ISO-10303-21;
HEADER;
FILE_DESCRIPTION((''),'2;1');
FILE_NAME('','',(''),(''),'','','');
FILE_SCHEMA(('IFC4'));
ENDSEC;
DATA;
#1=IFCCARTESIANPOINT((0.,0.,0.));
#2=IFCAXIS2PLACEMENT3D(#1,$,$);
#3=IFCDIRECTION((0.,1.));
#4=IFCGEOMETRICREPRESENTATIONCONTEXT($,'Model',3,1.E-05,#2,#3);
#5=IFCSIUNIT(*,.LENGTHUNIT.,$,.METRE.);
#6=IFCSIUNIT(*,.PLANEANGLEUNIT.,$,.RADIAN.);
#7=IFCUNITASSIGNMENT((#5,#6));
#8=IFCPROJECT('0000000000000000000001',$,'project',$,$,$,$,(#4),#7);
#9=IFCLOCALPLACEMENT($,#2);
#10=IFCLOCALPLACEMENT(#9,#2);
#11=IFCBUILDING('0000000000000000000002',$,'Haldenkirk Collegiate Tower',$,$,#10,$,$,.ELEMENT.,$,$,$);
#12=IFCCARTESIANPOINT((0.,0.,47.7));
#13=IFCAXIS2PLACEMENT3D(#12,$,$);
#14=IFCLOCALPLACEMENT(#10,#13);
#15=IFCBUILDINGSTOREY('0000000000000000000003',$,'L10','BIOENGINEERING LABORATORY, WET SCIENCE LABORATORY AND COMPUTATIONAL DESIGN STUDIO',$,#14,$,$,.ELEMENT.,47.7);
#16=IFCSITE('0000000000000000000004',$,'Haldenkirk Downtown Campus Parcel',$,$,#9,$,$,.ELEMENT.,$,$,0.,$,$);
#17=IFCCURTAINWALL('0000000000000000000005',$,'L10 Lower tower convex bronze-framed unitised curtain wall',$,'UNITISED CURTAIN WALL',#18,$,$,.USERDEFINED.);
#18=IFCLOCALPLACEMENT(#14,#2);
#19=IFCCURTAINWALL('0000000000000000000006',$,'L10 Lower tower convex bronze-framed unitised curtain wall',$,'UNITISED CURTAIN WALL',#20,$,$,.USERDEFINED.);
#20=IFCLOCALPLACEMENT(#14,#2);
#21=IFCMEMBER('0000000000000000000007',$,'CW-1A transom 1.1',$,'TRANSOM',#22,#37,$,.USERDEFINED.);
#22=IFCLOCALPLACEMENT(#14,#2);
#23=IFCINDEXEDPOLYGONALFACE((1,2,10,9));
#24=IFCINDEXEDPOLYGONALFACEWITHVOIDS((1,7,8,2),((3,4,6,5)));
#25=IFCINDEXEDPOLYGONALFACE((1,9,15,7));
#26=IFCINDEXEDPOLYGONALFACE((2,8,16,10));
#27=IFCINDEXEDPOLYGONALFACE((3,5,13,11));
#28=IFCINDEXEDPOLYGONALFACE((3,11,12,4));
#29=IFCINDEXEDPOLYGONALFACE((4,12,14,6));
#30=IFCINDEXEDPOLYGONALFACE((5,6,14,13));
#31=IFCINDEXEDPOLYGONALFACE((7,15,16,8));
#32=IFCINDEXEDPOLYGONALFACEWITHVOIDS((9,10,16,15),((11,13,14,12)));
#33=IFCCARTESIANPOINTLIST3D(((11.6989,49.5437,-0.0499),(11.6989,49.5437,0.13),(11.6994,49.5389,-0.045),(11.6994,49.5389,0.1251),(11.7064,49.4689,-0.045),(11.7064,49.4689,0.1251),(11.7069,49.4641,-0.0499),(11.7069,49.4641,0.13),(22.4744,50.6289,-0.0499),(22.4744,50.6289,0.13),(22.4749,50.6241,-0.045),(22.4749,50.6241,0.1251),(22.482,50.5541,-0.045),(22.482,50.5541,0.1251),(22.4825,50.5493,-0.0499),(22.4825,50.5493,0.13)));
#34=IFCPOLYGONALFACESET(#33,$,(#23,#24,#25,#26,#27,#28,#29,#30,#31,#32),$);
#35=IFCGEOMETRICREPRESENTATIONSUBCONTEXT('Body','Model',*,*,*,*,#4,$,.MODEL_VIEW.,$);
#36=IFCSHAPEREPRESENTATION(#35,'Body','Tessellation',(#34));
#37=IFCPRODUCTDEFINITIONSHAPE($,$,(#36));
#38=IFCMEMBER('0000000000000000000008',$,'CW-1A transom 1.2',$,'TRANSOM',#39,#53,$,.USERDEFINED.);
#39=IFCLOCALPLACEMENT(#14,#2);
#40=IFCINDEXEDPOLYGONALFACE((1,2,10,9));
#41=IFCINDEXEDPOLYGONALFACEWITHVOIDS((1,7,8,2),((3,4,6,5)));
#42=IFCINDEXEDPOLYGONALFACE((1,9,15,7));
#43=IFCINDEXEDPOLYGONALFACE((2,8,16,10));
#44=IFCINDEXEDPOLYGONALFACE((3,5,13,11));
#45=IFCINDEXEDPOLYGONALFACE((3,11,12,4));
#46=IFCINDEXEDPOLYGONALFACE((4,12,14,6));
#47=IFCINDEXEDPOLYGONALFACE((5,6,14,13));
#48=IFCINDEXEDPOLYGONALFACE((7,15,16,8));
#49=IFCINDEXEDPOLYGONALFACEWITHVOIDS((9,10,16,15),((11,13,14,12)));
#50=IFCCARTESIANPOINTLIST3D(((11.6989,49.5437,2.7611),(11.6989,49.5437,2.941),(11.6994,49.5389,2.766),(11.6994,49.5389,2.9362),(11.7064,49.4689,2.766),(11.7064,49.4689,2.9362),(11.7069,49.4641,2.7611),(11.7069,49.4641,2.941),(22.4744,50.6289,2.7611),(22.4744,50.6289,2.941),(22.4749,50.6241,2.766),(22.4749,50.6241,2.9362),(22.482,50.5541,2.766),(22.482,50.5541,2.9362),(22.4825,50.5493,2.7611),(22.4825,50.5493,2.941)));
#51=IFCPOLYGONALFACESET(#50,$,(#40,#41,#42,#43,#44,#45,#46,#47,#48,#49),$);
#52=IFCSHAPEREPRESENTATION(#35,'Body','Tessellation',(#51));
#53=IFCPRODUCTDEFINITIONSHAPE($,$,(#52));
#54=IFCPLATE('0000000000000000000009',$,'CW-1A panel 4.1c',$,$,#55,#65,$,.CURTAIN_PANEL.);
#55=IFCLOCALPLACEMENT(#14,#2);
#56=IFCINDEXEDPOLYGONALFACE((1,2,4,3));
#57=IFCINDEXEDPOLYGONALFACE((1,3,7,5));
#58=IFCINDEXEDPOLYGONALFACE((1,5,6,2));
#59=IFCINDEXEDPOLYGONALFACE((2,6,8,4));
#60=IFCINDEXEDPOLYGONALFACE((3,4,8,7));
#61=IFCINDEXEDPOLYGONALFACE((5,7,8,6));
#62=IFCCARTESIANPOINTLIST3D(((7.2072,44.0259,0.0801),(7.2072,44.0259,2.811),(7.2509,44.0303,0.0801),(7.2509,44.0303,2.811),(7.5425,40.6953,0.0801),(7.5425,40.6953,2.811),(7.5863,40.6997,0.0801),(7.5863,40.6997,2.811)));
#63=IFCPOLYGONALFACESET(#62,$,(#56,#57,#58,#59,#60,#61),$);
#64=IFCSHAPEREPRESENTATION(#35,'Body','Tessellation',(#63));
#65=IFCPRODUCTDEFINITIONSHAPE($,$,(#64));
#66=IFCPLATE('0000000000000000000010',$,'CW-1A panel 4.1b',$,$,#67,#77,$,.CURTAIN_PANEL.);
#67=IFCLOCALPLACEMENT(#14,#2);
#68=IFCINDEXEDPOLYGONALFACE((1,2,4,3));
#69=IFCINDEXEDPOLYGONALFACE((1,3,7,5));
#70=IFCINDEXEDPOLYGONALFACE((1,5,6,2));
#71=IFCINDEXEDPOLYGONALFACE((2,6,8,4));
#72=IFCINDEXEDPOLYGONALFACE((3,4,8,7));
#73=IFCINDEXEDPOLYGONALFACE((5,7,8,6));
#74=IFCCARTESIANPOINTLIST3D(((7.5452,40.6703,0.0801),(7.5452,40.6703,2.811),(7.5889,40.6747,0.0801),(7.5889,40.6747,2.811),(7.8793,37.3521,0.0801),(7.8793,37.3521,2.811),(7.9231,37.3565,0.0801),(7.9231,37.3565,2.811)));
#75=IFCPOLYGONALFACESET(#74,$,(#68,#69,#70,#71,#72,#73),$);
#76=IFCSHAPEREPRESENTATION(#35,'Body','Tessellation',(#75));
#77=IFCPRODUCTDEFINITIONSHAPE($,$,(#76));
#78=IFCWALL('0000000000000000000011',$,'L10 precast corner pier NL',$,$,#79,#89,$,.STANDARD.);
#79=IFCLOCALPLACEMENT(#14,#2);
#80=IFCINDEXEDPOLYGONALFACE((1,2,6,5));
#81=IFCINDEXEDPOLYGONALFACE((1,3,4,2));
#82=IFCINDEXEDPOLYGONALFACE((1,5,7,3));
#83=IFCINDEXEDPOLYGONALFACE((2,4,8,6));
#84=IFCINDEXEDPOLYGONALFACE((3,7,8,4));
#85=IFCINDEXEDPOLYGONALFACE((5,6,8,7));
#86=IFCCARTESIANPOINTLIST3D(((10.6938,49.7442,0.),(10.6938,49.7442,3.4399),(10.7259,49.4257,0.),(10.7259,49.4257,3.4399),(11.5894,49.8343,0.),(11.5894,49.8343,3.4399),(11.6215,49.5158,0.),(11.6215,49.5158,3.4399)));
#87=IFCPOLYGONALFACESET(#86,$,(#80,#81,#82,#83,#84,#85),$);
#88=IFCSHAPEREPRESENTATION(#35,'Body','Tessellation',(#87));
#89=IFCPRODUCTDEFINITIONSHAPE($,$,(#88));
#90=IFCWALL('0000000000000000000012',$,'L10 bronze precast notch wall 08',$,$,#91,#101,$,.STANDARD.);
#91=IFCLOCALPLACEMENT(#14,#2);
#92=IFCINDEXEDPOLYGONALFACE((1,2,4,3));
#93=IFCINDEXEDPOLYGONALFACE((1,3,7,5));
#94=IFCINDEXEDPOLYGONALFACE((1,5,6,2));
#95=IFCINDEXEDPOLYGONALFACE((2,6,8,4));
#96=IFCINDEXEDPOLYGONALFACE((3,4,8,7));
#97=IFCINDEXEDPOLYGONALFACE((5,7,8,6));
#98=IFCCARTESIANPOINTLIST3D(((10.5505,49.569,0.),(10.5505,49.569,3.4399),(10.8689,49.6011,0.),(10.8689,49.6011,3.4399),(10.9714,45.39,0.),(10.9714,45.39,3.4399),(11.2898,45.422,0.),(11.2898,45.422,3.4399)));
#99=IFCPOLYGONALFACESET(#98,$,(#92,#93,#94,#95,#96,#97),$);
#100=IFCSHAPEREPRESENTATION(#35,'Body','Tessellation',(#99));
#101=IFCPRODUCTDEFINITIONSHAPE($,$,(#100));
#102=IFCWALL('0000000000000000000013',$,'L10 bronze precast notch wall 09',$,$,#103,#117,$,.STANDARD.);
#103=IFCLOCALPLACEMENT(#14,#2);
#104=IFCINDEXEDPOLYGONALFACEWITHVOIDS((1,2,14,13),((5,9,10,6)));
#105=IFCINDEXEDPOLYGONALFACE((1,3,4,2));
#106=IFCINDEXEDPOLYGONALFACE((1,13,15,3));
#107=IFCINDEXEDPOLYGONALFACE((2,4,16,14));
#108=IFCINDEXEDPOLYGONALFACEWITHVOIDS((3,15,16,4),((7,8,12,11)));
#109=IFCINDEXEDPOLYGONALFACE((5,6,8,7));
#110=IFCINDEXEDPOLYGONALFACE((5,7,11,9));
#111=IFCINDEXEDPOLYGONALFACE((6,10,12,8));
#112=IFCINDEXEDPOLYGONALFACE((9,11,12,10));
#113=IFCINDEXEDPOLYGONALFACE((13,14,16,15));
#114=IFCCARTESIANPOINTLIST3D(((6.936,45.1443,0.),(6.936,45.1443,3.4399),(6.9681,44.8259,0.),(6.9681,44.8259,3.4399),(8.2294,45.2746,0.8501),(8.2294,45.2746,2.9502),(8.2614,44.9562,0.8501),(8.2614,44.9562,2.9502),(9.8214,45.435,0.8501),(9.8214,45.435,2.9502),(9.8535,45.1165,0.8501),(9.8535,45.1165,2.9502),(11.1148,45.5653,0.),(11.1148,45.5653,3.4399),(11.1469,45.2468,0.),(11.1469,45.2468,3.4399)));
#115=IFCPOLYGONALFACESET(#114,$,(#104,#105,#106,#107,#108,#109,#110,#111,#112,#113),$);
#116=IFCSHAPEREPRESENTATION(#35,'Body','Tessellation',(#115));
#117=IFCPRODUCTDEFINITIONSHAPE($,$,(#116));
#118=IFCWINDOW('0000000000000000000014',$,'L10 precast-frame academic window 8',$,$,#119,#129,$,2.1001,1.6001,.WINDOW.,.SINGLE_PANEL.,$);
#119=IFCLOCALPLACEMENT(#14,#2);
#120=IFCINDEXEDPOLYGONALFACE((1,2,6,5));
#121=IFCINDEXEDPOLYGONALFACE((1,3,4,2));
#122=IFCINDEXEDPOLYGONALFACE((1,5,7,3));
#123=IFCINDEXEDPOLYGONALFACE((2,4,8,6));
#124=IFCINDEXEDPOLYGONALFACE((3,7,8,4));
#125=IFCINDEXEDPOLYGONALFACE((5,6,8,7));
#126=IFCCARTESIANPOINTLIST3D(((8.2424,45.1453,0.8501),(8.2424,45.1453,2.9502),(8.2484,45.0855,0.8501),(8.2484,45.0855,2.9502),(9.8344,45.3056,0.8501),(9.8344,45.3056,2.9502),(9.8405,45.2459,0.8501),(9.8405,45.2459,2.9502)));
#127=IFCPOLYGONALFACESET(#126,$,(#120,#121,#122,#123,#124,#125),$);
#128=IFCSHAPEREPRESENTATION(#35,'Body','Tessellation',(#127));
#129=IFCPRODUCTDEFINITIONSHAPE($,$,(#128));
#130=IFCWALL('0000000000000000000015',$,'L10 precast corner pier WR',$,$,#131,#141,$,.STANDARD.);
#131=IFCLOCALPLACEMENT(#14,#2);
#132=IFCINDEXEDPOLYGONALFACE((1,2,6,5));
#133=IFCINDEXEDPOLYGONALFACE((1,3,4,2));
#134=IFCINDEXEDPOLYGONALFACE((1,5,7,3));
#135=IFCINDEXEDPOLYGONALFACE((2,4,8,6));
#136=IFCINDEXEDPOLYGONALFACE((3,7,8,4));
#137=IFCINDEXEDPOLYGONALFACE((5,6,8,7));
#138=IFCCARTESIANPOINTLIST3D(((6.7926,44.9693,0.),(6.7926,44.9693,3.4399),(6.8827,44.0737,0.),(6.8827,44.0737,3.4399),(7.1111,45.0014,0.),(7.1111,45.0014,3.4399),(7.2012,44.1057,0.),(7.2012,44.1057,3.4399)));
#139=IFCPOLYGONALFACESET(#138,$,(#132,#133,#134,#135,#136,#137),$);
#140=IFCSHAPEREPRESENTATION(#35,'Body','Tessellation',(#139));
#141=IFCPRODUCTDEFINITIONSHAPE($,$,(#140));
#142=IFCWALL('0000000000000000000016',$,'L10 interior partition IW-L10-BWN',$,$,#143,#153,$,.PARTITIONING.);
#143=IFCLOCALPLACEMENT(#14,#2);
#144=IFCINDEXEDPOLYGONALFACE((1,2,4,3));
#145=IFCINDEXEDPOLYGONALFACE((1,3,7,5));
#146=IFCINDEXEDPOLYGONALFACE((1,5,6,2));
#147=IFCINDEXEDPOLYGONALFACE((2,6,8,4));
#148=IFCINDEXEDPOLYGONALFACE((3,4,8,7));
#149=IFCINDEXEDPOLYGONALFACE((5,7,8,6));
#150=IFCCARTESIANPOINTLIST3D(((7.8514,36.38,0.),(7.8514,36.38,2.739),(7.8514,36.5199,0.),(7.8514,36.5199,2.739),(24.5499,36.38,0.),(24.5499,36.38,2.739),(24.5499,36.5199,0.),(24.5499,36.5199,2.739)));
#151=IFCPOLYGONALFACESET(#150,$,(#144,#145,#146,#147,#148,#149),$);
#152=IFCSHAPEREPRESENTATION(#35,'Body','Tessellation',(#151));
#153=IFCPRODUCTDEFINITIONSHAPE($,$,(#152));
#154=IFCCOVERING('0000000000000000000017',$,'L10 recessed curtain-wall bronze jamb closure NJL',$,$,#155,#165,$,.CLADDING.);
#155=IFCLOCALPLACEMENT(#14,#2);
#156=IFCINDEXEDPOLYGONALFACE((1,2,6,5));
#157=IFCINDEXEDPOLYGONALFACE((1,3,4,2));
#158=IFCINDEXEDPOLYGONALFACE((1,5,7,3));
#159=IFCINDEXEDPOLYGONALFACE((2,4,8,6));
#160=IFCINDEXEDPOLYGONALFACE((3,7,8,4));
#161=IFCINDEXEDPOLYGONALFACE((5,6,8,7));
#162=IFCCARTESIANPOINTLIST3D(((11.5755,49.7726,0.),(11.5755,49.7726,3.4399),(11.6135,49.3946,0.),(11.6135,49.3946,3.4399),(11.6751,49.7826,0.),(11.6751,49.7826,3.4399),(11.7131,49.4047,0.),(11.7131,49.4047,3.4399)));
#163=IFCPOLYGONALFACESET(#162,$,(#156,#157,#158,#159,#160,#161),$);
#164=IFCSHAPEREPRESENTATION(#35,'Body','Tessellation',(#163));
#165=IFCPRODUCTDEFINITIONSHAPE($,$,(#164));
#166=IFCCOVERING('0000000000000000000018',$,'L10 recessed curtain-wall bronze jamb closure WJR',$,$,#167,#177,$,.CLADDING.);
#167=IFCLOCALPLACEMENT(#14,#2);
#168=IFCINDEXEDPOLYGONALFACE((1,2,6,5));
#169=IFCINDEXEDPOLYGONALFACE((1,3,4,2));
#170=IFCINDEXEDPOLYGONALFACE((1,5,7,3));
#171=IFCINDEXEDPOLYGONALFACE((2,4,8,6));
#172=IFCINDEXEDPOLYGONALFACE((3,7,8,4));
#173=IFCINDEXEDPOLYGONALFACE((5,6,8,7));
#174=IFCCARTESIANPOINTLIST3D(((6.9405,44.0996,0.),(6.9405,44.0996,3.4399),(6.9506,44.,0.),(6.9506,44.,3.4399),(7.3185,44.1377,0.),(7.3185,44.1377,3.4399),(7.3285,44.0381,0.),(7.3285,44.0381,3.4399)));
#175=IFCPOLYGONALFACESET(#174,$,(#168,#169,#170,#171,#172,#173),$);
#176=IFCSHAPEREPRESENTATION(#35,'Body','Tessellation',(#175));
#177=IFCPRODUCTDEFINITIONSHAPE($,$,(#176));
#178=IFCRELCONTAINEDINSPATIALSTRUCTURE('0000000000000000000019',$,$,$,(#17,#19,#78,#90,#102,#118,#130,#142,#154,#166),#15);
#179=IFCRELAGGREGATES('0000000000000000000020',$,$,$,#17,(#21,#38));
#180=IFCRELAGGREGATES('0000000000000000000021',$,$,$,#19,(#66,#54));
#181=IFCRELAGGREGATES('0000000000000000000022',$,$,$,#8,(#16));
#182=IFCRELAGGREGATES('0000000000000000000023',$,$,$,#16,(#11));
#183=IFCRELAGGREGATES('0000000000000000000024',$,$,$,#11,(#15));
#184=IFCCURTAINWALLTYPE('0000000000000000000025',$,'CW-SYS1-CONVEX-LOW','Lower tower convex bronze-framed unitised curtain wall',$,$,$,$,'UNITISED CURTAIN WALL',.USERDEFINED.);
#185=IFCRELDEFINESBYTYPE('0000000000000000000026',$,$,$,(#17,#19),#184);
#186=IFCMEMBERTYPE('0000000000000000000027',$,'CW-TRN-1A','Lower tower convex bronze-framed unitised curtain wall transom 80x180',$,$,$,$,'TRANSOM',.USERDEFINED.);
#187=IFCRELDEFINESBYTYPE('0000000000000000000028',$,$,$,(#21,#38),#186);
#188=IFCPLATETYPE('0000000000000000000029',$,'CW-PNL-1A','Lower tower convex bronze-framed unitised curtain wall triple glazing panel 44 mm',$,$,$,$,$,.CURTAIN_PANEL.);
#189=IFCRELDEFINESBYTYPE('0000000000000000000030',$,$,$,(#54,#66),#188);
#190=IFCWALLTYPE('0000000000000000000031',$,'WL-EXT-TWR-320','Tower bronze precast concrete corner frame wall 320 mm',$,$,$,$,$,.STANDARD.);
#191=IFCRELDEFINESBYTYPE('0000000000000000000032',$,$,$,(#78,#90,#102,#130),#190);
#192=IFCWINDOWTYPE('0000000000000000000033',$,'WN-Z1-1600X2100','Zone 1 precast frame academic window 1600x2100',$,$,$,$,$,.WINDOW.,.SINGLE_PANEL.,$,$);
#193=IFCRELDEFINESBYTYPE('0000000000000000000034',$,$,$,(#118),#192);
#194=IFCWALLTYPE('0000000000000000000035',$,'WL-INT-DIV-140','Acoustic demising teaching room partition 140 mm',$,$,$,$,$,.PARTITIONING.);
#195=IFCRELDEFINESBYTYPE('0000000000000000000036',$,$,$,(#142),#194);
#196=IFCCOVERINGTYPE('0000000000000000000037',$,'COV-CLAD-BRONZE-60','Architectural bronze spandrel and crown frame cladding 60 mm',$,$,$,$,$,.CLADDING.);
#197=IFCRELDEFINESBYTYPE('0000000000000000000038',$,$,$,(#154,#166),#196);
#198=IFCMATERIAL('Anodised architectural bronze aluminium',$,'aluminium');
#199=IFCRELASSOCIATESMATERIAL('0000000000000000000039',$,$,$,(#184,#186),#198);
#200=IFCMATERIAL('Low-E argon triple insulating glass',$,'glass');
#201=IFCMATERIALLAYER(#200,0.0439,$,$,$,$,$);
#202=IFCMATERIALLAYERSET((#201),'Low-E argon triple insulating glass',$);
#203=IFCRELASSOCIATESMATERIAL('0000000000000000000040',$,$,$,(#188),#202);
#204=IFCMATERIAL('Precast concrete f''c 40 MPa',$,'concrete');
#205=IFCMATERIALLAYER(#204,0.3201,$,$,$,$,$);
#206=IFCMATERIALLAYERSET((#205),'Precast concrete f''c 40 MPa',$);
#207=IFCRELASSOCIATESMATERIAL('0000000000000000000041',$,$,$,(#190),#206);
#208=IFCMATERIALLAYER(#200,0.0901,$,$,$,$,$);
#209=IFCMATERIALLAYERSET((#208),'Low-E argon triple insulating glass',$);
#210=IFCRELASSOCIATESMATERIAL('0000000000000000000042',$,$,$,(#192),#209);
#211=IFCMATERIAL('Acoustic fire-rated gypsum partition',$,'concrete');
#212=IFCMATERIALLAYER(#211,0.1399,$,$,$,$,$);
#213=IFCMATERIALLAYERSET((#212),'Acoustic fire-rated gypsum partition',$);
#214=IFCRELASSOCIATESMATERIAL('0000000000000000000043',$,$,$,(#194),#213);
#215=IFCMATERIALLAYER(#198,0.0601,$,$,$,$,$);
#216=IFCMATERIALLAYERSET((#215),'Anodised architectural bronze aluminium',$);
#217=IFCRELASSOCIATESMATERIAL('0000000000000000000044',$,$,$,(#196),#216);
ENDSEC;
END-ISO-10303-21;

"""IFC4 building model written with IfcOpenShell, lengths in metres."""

from ifc_helpers import new_model, si_unit, direction, frame, frame_2d, origin, origin_2d, place, context, subcontext, project, spatial, rectangle, hollow_rectangle, extrude, source, transform, mapped, material, layer, layer_set, material_profile, profile_set, type_object, element, fill, aggregate, save


model = new_model("IFC4")

# Units and contexts
model_context = context("Model", 3, precision=1e-05, world=origin(), true_north=direction((0.0, 1.0)))
body_context = subcontext(model_context, "Body", "Model", "MODEL_VIEW")
ifc_project = project(units=[si_unit("LENGTHUNIT", "METRE"), si_unit("PLANEANGLEUNIT", "RADIAN")], contexts=[model_context])

# Site, building, storey
site_placement = place(None, origin())
site = spatial("IfcSite", under=ifc_project, at=site_placement, Name="Haldenkirk Downtown Campus Parcel", CompositionType="ELEMENT", RefElevation=0.0)
building_placement = place(site_placement, origin())
building = spatial("IfcBuilding", under=site, at=building_placement, Name="Haldenkirk Collegiate Tower", CompositionType="ELEMENT")
storey_placement = place(building_placement, frame((0.0, 0.0, 47.7)))
storey = spatial("IfcBuildingStorey", under=building, at=storey_placement, Name="L10", Description="BIOENGINEERING LABORATORY, WET SCIENCE LABORATORY AND COMPUTATIONAL DESIGN STUDIO", CompositionType="ELEMENT", Elevation=47.7)

# Curtain walls
ifc_material_1 = material(Name="Anodised architectural bronze aluminium", Category="aluminium")
curtain_wall_type = type_object("IfcCurtainWallType", Name="CW-SYS1-CONVEX-LOW", Description="Lower tower convex bronze-framed unitised curtain wall", ElementType="UNITISED CURTAIN WALL", PredefinedType="USERDEFINED", material=ifc_material_1)
curtain_wall_1_placement = place(storey_placement, origin())
curtain_wall_1 = element("IfcCurtainWall", 1, at=curtain_wall_1_placement, inside=storey, type_object=curtain_wall_type, Name="L10 Lower tower convex bronze-framed unitised curtain wall", ObjectType="UNITISED CURTAIN WALL", PredefinedType="USERDEFINED")
curtain_wall_2_placement = place(storey_placement, origin())
curtain_wall_2 = element("IfcCurtainWall", 2, at=curtain_wall_2_placement, inside=storey, type_object=curtain_wall_type, Name="L10 Lower tower convex bronze-framed unitised curtain wall", ObjectType="UNITISED CURTAIN WALL", PredefinedType="USERDEFINED")

# Members
ifc_material_profile_1 = material_profile(ifc_material_1, hollow_rectangle(XDim=0.0801, YDim=0.1799, WallThickness=0.0049, at=origin_2d()), Name="CW-TRN-1A")
ifc_profile_set_1 = profile_set([ifc_material_profile_1], Name="Anodised architectural bronze aluminium")
member_type_1 = type_object("IfcMemberType", Name="CW-TRN-1A", Description="Lower tower convex bronze-framed unitised curtain wall transom 80x180", ElementType="TRANSOM", PredefinedType="USERDEFINED", material=ifc_profile_set_1)
member_1_placement = place(storey_placement, frame((11.7029, 49.5039, 0.04), z_axis=(0.994967, 0.100202, 0.0), x_axis=(-0.100202, 0.994967, 0.0)))
member_1 = element("IfcMember", 3, at=member_1_placement, type_object=member_type_1, Name="CW-1A transom 1.1", ObjectType="TRANSOM", PredefinedType="USERDEFINED", context=body_context, shape_type="SweptSolid", body=[
    extrude(hollow_rectangle(XDim=0.0801, YDim=0.1799, WallThickness=0.0049, at=origin_2d()), origin(), (0.0, 0.0, 1.0), 10.8301),
])
member_2_placement = place(storey_placement, frame((11.7029, 49.5039, 2.8511), z_axis=(0.994967, 0.100202, 0.0), x_axis=(-0.100202, 0.994967, 0.0)))
member_2 = element("IfcMember", 4, at=member_2_placement, type_object=member_type_1, Name="CW-1A transom 1.2", ObjectType="TRANSOM", PredefinedType="USERDEFINED", context=body_context, shape_type="SweptSolid", body=[
    extrude(hollow_rectangle(XDim=0.0801, YDim=0.1799, WallThickness=0.0049, at=origin_2d()), origin(), (0.0, 0.0, 1.0), 10.8301),
])
aggregate(curtain_wall_1, [member_1, member_2])

# Plates
ifc_material_2 = material(Name="Low-E argon triple insulating glass", Category="glass")
ifc_layer_1 = layer(ifc_material_2, 0.0439)
ifc_layer_set_1 = layer_set([ifc_layer_1], Name="Low-E argon triple insulating glass")
plate_type = type_object("IfcPlateType", Name="CW-PNL-1A", Description="Lower tower convex bronze-framed unitised curtain wall triple glazing panel 44 mm", PredefinedType="CURTAIN_PANEL", material=ifc_layer_set_1)
shared_shape_1 = source(origin(), body_context, "Body", "SweptSolid", [
    extrude(rectangle(XDim=3.3474, YDim=0.0439, at=origin_2d()), origin(), (0.0, 0.0, 1.0), 2.731),
])
plate_1_placement = place(storey_placement, frame((7.3967, 42.3628, 0.0801), z_axis=(0.0, 0.0, 1.0), x_axis=(-0.100187, 0.994969, 0.0)))
plate_1 = element("IfcPlate", 5, at=plate_1_placement, type_object=plate_type, Name="CW-1A panel 4.1c", PredefinedType="CURTAIN_PANEL", context=body_context, shape_type="MappedRepresentation", body=[
    mapped(shared_shape_1, transform((0.0, 0.0, 0.0), x_axis=(1.0, 0.0, 0.0), y_axis=(0.0, 1.0, 0.0), z_axis=(0.0, 0.0, 1.0), scale=1.0)),
])
shared_shape_2 = source(origin(), body_context, "Body", "SweptSolid", [
    extrude(rectangle(XDim=3.335, YDim=0.0439, at=origin_2d()), origin(), (0.0, 0.0, 1.0), 2.731),
])
plate_2_placement = place(storey_placement, frame((7.7341, 39.0134, 0.0801), z_axis=(0.0, 0.0, 1.0), x_axis=(-0.100187, 0.994969, 0.0)))
plate_2 = element("IfcPlate", 6, at=plate_2_placement, type_object=plate_type, Name="CW-1A panel 4.1b", PredefinedType="CURTAIN_PANEL", context=body_context, shape_type="MappedRepresentation", body=[
    mapped(shared_shape_2, transform((0.0, 0.0, 0.0), x_axis=(1.0, 0.0, 0.0), y_axis=(0.0, 1.0, 0.0), z_axis=(0.0, 0.0, 1.0), scale=1.0)),
])
aggregate(curtain_wall_2, [plate_2, plate_1])

# Walls
ifc_material_3 = material(Name="Precast concrete f'c 40 MPa", Category="concrete")
ifc_layer_2 = layer(ifc_material_3, 0.3201)
ifc_layer_set_2 = layer_set([ifc_layer_2], Name="Precast concrete f'c 40 MPa")
wall_type_1 = type_object("IfcWallType", Name="WL-EXT-TWR-320", Description="Tower bronze precast concrete corner frame wall 320 mm", PredefinedType="STANDARD", material=ifc_layer_set_2)
wall_1_placement = place(storey_placement, frame((10.7097, 49.585, 0.0), z_axis=(0.0, 0.0, 1.0), x_axis=(0.994978, 0.100095, 0.0)))
element("IfcWall", 7, at=wall_1_placement, inside=storey, type_object=wall_type_1, Name="L10 precast corner pier NL", PredefinedType="STANDARD", context=body_context, shape_type="SweptSolid", body=[
    extrude(rectangle(XDim=0.9001, YDim=0.3201, at=frame_2d((0.4502, 0.0))), origin(), (0.0, 0.0, 1.0), 3.4399),
])
wall_2_placement = place(storey_placement, frame((11.1306, 45.406, 0.0), z_axis=(0.0, 0.0, 1.0), x_axis=(-0.100212, 0.994966, 0.0)))
element("IfcWall", 8, at=wall_2_placement, inside=storey, type_object=wall_type_1, Name="L10 bronze precast notch wall 08", PredefinedType="STANDARD", context=body_context, shape_type="SweptSolid", body=[
    extrude(rectangle(XDim=4.2002, YDim=0.3201, at=frame_2d((2.1001, 0.0))), origin(), (0.0, 0.0, 1.0), 3.4399),
])

# Wall, opening, window
wall_3_placement = place(storey_placement, frame((6.9519, 44.9851, 0.0), z_axis=(0.0, 0.0, 1.0), x_axis=(0.994966, 0.100217, 0.0)))
wall_3 = element("IfcWall", 9, at=wall_3_placement, inside=storey, type_object=wall_type_1, Name="L10 bronze precast notch wall 09", PredefinedType="STANDARD", context=body_context, shape_type="SweptSolid", body=[
    extrude(rectangle(XDim=4.2, YDim=0.3201, at=frame_2d((2.1001, 0.0))), origin(), (0.0, 0.0, 1.0), 3.4399),
])
opening_placement = place(wall_3_placement, frame((1.3, 0.0, 0.8501)))
opening = element("IfcOpeningElement", 10, at=opening_placement, cuts=wall_3, PredefinedType="OPENING", context=body_context, shape_type="SweptSolid", body=[
    extrude(rectangle(XDim=1.6001, YDim=2.1001, at=frame_2d((0.8, 1.05))), frame((0.0, 0.1699, 0.0), z_axis=(0.0, -1.0, 0.0), x_axis=(1.0, 0.0, 0.0)), (0.0, 0.0, 1.0), 0.3401),
])
ifc_layer_3 = layer(ifc_material_2, 0.0901)
ifc_layer_set_3 = layer_set([ifc_layer_3], Name="Low-E argon triple insulating glass")
window_type = type_object("IfcWindowType", Name="WN-Z1-1600X2100", Description="Zone 1 precast frame academic window 1600x2100", PartitioningType="SINGLE_PANEL", PredefinedType="WINDOW", material=ifc_layer_set_3)
window_placement = place(opening_placement, origin())
window = element("IfcWindow", 11, at=window_placement, inside=storey, type_object=window_type, Name="L10 precast-frame academic window 8", OverallHeight=2.1001, OverallWidth=1.6001, PartitioningType="SINGLE_PANEL", PredefinedType="WINDOW", context=body_context, shape_type="SweptSolid", body=[
    extrude(rectangle(XDim=1.6001, YDim=2.1001, at=frame_2d((0.8, 1.05))), frame((0.0, 0.03, 0.0), z_axis=(0.0, -1.0, 0.0), x_axis=(1.0, 0.0, 0.0)), (0.0, 0.0, 1.0), 0.0601),
])
fill(opening, window)

# Walls
wall_4_placement = place(storey_placement, frame((7.042, 44.0896, 0.0), z_axis=(0.0, 0.0, 1.0), x_axis=(-0.100095, 0.994978, 0.0)))
element("IfcWall", 12, at=wall_4_placement, inside=storey, type_object=wall_type_1, Name="L10 precast corner pier WR", PredefinedType="STANDARD", context=body_context, shape_type="SweptSolid", body=[
    extrude(rectangle(XDim=0.9001, YDim=0.3201, at=frame_2d((0.4502, 0.0))), origin(), (0.0, 0.0, 1.0), 3.4399),
])
ifc_material_4 = material(Name="Acoustic fire-rated gypsum partition", Category="concrete")
ifc_layer_4 = layer(ifc_material_4, 0.1399)
ifc_layer_set_4 = layer_set([ifc_layer_4], Name="Acoustic fire-rated gypsum partition")
wall_type_2 = type_object("IfcWallType", Name="WL-INT-DIV-140", Description="Acoustic demising teaching room partition 140 mm", PredefinedType="PARTITIONING", material=ifc_layer_set_4)
wall_5_placement = place(storey_placement, frame((7.8516, 36.45, 0.0), z_axis=(0.0, 0.0, 1.0), x_axis=(1.0, 0.0, 0.0)))
element("IfcWall", 13, at=wall_5_placement, inside=storey, type_object=wall_type_2, Name="L10 interior partition IW-L10-BWN", PredefinedType="PARTITIONING", context=body_context, shape_type="SweptSolid", body=[
    extrude(rectangle(XDim=16.6985, YDim=0.1399, at=frame_2d((8.3491, 0.0))), origin(), (0.0, 0.0, 1.0), 2.739),
])

# Coverings
ifc_layer_5 = layer(ifc_material_1, 0.0601)
ifc_layer_set_5 = layer_set([ifc_layer_5], Name="Anodised architectural bronze aluminium")
covering_type = type_object("IfcCoveringType", Name="COV-CLAD-BRONZE-60", Description="Architectural bronze spandrel and crown frame cladding 60 mm", PredefinedType="CLADDING", material=ifc_layer_set_5)
shared_shape_3 = source(origin(), body_context, "Body", "SweptSolid", [
    extrude(rectangle(XDim=0.1001, YDim=0.3799, at=origin_2d()), origin(), (0.0, 0.0, 1.0), 3.4399),
])
for number, where, z_axis, x_axis, name in (
    (14, (11.6443, 49.5886, 0.0), (0.0, 0.0, 1.0), (0.994969, 0.100188, 0.0), "L10 recessed curtain-wall bronze jamb closure NJL"),
    (15, (7.1345, 44.0688, 0.0), (0.0, 0.0, 1.0), (-0.100188, 0.994969, 0.0), "L10 recessed curtain-wall bronze jamb closure WJR"),
):
    element("IfcCovering", number, at=place(storey_placement, frame(where, z_axis=z_axis, x_axis=x_axis)), inside=storey, type_object=covering_type, Name=name, PredefinedType="CLADDING", context=body_context, shape_type="MappedRepresentation", body=[
        mapped(shared_shape_3, transform((0.0, 0.0, 0.0), x_axis=(1.0, 0.0, 0.0), y_axis=(0.0, 1.0, 0.0), z_axis=(0.0, 0.0, 1.0), scale=1.0)),
    ])

save(model, "model.ifc")
